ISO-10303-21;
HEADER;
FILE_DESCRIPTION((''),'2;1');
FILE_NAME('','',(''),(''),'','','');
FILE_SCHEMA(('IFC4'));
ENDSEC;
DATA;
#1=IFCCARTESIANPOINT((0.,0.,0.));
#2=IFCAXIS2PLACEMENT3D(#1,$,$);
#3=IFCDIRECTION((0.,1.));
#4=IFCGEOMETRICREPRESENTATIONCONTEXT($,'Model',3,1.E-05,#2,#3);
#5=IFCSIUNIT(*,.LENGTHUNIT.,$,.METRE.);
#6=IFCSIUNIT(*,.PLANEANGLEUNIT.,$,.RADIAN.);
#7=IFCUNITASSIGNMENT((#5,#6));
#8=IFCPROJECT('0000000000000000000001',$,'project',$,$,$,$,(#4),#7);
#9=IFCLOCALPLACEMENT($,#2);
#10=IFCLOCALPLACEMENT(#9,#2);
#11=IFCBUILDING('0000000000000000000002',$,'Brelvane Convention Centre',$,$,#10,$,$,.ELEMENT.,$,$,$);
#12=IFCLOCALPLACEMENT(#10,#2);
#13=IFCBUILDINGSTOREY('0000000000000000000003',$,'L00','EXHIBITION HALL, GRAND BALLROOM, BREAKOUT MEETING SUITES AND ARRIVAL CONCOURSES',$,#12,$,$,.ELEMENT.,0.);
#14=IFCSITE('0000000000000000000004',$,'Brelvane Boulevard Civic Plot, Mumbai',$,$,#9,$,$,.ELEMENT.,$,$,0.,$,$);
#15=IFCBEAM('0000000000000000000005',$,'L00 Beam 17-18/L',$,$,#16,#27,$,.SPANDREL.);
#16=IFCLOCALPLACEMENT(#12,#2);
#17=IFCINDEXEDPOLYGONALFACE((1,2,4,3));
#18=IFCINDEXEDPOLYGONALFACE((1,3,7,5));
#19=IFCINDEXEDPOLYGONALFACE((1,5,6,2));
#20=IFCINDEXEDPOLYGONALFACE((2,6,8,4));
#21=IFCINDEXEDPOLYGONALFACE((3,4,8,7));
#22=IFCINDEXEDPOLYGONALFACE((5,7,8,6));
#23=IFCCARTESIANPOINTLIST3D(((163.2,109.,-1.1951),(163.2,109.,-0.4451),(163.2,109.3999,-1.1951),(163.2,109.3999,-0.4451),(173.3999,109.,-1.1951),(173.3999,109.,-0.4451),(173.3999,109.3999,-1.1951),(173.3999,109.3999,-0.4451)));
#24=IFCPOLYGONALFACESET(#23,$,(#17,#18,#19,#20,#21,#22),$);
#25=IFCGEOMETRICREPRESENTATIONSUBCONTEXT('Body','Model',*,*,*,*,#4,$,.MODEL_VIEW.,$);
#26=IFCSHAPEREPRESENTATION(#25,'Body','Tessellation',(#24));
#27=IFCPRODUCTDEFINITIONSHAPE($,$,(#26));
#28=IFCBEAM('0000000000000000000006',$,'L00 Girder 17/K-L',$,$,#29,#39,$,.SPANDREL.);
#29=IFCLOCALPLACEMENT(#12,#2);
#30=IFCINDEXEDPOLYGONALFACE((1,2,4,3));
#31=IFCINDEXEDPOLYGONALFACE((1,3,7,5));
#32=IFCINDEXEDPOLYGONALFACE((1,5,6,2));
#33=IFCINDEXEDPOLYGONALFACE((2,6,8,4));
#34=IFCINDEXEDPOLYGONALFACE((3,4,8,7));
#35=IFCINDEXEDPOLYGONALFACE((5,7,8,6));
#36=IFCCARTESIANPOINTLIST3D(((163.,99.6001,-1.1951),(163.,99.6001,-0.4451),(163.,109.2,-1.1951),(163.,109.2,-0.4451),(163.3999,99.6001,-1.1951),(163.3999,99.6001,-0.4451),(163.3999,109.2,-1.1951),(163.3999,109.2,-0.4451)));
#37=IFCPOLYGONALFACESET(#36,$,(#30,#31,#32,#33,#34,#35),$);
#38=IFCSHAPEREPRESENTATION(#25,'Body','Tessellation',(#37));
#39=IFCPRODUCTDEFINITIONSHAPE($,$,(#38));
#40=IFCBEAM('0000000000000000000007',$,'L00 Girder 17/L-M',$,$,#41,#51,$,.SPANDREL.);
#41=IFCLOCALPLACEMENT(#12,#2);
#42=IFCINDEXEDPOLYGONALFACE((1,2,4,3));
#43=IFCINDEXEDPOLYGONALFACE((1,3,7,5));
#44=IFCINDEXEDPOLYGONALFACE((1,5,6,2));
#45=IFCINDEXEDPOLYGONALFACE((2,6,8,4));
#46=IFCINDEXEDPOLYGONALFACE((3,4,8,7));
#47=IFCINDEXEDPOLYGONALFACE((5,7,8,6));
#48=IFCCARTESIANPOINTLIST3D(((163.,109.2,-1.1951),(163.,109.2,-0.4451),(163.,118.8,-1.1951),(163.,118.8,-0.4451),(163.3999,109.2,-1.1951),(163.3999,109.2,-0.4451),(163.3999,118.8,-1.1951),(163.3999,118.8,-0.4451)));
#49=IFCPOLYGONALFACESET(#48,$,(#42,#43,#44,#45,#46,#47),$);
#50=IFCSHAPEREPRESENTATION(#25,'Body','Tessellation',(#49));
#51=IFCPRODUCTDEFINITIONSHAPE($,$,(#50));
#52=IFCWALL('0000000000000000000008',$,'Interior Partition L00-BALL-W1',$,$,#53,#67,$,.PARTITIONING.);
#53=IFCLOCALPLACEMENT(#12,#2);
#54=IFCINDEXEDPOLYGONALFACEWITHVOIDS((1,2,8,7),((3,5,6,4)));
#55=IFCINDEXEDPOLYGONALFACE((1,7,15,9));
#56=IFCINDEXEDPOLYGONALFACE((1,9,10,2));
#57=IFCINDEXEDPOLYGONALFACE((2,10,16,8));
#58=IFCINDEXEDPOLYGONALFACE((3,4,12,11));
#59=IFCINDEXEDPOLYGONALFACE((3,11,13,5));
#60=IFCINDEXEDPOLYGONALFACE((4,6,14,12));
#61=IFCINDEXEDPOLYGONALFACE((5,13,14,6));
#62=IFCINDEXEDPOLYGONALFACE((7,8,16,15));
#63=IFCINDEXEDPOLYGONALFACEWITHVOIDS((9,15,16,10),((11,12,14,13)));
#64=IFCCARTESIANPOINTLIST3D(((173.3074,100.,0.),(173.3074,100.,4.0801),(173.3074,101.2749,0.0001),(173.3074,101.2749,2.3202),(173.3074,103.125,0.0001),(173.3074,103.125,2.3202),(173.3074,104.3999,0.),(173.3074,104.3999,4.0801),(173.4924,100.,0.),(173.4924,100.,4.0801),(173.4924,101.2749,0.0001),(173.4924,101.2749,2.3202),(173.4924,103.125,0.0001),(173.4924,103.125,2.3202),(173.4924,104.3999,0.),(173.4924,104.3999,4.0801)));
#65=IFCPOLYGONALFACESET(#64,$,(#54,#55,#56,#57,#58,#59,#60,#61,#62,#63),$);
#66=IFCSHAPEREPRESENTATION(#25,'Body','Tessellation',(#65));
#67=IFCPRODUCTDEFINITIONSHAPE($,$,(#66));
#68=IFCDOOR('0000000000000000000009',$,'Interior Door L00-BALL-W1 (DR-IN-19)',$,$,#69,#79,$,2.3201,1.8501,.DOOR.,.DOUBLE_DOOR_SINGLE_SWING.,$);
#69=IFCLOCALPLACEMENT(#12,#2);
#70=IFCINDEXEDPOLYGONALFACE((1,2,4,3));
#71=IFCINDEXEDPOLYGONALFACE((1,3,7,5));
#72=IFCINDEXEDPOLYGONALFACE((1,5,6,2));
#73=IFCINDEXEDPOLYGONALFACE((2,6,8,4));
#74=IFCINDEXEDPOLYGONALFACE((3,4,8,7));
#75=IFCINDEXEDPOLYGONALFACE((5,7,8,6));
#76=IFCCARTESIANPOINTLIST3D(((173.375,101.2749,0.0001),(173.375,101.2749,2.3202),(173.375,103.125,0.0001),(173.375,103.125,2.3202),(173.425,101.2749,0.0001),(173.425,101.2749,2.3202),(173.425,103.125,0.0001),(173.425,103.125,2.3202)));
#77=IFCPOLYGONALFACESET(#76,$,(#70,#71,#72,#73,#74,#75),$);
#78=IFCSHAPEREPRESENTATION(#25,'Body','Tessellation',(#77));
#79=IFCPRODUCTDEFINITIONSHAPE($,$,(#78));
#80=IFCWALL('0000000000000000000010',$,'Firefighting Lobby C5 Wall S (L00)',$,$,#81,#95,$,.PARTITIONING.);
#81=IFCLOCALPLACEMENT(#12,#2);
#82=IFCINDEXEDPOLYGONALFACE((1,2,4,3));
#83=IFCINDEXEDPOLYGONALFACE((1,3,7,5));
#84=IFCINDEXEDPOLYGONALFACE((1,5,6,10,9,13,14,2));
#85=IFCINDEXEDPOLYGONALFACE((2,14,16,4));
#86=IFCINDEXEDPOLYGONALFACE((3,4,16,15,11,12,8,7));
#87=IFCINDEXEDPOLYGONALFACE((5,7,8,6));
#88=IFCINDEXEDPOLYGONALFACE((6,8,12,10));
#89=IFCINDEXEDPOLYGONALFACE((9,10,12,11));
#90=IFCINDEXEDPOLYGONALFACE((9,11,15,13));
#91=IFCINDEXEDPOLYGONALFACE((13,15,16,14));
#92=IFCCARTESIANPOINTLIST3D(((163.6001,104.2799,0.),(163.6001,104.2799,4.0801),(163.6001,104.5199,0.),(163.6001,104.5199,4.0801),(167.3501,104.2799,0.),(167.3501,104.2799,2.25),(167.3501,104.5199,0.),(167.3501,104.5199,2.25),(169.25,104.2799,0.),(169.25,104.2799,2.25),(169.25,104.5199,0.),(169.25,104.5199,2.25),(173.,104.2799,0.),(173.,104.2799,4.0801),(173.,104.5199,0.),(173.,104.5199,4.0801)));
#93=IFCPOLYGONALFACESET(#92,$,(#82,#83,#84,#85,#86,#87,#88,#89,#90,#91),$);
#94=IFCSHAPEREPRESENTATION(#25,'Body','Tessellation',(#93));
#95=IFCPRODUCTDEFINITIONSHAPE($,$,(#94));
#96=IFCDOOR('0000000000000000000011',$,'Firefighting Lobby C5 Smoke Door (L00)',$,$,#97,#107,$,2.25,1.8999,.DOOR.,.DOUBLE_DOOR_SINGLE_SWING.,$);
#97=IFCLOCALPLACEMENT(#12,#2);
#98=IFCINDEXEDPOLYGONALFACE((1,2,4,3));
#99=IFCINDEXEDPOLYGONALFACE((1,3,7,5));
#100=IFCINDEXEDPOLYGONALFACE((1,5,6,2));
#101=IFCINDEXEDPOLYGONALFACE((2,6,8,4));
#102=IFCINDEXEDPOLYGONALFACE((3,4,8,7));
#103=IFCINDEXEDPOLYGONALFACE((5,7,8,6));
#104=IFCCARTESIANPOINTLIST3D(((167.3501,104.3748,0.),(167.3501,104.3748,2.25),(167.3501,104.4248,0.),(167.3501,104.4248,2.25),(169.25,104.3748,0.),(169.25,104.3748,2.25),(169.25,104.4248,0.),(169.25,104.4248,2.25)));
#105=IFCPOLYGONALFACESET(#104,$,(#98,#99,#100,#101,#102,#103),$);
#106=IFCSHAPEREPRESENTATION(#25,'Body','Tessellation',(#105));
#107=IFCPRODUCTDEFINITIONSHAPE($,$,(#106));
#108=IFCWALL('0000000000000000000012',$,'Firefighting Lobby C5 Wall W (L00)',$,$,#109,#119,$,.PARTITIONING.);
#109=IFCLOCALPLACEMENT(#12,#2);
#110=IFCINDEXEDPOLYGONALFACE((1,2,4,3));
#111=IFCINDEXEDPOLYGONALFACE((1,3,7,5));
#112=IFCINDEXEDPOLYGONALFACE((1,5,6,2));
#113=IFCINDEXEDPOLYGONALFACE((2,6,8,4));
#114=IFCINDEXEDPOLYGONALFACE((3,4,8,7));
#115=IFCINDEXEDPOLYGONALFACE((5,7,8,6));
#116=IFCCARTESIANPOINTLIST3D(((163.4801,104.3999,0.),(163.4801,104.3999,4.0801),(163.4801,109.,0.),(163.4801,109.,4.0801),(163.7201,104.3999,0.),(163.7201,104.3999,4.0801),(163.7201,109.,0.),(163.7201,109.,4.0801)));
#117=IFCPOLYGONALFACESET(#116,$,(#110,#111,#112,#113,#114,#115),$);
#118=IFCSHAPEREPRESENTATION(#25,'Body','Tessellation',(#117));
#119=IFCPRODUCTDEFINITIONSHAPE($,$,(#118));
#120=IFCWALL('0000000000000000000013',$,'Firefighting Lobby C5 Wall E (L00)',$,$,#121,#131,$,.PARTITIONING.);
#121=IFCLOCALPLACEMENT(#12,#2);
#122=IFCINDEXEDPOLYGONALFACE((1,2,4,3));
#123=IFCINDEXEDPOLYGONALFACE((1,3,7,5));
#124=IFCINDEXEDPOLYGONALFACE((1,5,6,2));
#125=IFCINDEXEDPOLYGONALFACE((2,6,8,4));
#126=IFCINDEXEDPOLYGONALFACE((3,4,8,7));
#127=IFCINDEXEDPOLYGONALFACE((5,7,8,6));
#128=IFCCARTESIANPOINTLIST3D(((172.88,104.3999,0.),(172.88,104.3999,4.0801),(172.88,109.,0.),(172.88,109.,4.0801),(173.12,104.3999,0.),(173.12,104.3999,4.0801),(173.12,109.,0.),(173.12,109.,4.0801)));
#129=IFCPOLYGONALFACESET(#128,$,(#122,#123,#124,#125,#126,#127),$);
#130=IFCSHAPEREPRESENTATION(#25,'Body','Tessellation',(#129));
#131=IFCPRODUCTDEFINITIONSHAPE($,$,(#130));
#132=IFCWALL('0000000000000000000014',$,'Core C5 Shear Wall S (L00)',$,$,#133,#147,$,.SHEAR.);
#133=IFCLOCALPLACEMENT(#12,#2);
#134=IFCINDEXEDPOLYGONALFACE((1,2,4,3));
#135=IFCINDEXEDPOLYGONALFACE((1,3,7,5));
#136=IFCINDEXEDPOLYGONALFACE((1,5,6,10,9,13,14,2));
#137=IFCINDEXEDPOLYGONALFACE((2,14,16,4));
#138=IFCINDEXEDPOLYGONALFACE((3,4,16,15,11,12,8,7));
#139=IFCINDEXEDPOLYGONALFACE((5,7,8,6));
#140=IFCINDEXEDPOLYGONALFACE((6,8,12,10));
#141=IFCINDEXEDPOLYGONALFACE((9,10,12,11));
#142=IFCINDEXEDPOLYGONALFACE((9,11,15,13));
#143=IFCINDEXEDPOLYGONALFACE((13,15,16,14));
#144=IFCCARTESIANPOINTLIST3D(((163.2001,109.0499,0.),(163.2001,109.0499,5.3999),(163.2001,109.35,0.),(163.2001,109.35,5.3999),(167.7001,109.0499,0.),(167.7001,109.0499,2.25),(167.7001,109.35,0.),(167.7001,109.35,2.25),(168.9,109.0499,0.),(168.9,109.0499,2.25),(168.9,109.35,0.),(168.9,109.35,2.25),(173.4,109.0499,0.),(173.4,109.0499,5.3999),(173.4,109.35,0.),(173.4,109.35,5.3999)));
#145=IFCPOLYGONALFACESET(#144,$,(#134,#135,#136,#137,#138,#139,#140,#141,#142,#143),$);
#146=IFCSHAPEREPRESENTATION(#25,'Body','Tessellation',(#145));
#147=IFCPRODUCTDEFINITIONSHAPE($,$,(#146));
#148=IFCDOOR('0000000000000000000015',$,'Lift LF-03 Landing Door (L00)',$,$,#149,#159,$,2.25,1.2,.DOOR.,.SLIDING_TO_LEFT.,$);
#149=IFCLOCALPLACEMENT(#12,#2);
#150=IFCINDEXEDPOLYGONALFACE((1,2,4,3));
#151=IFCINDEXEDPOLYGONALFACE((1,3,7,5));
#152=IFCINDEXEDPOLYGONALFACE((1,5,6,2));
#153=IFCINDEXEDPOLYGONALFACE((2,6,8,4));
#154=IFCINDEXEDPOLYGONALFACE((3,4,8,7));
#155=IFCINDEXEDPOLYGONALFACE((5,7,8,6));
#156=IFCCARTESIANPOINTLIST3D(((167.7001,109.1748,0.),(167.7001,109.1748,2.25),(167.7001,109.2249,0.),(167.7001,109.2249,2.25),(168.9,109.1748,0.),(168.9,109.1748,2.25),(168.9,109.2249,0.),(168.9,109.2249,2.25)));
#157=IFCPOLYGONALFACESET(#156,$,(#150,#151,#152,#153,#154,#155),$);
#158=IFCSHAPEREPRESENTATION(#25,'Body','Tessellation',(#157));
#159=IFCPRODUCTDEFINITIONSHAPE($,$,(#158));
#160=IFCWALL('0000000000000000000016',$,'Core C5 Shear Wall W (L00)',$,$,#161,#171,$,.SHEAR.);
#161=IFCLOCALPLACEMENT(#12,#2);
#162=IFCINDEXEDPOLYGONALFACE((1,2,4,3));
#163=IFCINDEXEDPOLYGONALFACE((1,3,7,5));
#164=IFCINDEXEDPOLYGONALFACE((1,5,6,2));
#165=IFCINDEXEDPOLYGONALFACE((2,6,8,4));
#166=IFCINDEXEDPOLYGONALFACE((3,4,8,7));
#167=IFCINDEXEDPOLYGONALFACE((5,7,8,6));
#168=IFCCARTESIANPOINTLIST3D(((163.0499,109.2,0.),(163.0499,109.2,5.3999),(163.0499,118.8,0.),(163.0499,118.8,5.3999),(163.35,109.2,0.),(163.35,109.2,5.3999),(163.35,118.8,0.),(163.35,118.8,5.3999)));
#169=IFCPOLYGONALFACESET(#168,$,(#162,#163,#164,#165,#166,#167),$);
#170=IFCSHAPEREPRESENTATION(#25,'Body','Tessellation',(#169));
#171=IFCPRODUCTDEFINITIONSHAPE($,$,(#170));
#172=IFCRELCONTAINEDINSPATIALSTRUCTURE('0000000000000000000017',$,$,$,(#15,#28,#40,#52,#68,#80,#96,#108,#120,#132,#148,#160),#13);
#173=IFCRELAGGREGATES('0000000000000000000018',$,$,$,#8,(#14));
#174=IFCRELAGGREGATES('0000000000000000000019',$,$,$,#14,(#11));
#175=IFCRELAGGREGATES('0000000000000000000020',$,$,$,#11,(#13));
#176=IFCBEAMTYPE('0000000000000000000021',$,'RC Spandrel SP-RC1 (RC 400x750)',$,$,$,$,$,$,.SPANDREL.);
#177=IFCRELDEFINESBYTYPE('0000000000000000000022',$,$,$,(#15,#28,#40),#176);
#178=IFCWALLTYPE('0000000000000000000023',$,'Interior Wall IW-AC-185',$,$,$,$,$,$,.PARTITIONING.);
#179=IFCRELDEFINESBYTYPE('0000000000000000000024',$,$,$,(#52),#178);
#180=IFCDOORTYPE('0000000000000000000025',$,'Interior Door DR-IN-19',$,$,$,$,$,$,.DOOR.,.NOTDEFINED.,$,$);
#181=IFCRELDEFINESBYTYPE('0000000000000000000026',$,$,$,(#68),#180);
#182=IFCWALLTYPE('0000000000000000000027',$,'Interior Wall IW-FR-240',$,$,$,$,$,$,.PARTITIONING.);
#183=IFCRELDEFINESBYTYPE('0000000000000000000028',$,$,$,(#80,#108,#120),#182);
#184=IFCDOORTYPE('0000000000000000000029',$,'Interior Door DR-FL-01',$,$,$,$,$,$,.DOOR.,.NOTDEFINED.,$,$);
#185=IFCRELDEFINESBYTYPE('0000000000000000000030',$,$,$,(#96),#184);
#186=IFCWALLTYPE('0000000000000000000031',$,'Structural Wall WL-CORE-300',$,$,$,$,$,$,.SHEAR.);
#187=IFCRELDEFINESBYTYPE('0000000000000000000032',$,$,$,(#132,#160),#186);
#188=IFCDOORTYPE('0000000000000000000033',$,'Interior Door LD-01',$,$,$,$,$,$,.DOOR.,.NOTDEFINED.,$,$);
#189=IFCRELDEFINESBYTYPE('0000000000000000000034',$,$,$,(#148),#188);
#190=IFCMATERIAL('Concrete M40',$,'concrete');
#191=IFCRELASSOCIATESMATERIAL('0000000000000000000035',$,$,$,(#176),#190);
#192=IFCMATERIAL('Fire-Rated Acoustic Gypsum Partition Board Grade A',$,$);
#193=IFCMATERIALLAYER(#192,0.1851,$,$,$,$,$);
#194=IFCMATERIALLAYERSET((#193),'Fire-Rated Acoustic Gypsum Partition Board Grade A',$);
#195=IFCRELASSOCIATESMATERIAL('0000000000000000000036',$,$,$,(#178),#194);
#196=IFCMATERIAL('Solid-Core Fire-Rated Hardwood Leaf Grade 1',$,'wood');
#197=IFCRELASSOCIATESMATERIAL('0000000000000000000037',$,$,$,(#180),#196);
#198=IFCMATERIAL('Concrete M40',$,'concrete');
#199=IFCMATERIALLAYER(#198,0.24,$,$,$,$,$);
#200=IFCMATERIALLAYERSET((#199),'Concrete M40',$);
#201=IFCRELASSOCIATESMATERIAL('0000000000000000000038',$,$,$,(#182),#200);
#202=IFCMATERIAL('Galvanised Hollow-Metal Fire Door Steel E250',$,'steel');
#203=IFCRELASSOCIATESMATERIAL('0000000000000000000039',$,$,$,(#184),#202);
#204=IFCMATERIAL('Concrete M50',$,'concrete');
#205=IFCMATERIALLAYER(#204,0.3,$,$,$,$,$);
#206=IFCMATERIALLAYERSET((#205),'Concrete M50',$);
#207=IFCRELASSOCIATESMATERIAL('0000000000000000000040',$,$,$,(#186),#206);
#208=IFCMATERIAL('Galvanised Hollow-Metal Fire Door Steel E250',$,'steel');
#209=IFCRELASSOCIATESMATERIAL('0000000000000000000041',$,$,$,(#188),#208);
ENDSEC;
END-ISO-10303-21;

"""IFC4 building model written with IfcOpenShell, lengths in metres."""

from ifc_helpers import new_model, si_unit, direction, frame, frame_2d, origin, origin_2d, place, context, subcontext, project, spatial, rectangle, extrude, material, layer, layer_set, material_profile, profile_set, type_object, element, fill, save


model = new_model("IFC4")

# Units and contexts
model_context = context("Model", 3, precision=1e-05, world=origin(), true_north=direction((0.0, 1.0)))
body_context = subcontext(model_context, "Body", "Model", "MODEL_VIEW")
ifc_project = project(units=[si_unit("LENGTHUNIT", "METRE"), si_unit("PLANEANGLEUNIT", "RADIAN")], contexts=[model_context])

# Site, building, storey
site_placement = place(None, origin())
site = spatial("IfcSite", under=ifc_project, at=site_placement, Name="Brelvane Boulevard Civic Plot, Mumbai", CompositionType="ELEMENT", RefElevation=0.0)
building_placement = place(site_placement, origin())
building = spatial("IfcBuilding", under=site, at=building_placement, Name="Brelvane Convention Centre", CompositionType="ELEMENT")
storey_placement = place(building_placement, origin())
storey = spatial("IfcBuildingStorey", under=building, at=storey_placement, Name="L00", Description="EXHIBITION HALL, GRAND BALLROOM, BREAKOUT MEETING SUITES AND ARRIVAL CONCOURSES", CompositionType="ELEMENT", Elevation=0.0)

# Beams
ifc_material_1 = material(Name="Concrete M40", Category="concrete")
ifc_material_profile_1 = material_profile(ifc_material_1, rectangle(XDim=0.3999, YDim=0.75, at=origin_2d()), Name="RC 400x750")
ifc_profile_set_1 = profile_set([ifc_material_profile_1], Name="Concrete M40")
beam_type_1 = type_object("IfcBeamType", Name="RC Spandrel SP-RC1 (RC 400x750)", PredefinedType="SPANDREL", material=ifc_profile_set_1)
beam_1_placement = place(storey_placement, frame((163.2, 109.2, -0.8201), z_axis=(1.0, 0.0, 0.0), x_axis=(0.0, 1.0, 0.0)))
element("IfcBeam", 1, at=beam_1_placement, inside=storey, type_object=beam_type_1, Name="L00 Beam 17-18/L", PredefinedType="SPANDREL", context=body_context, shape_type="SweptSolid", body=[
    extrude(rectangle(XDim=0.3999, YDim=0.75, at=origin_2d()), origin(), (0.0, 0.0, 1.0), 10.2),
])
beam_2_placement = place(storey_placement, frame((163.2, 99.6001, -0.8201), z_axis=(0.0, 1.0, 0.0), x_axis=(-1.0, 0.0, 0.0)))
element("IfcBeam", 2, at=beam_2_placement, inside=storey, type_object=beam_type_1, Name="L00 Girder 17/K-L", PredefinedType="SPANDREL", context=body_context, shape_type="SweptSolid", body=[
    extrude(rectangle(XDim=0.3999, YDim=0.75, at=origin_2d()), origin(), (0.0, 0.0, 1.0), 9.5999),
])
beam_3_placement = place(storey_placement, frame((163.2, 109.2, -0.8201), z_axis=(0.0, 1.0, 0.0), x_axis=(-1.0, 0.0, 0.0)))
element("IfcBeam", 3, at=beam_3_placement, inside=storey, type_object=beam_type_1, Name="L00 Girder 17/L-M", PredefinedType="SPANDREL", context=body_context, shape_type="SweptSolid", body=[
    extrude(rectangle(XDim=0.3999, YDim=0.75, at=origin_2d()), origin(), (0.0, 0.0, 1.0), 9.6001),
])

# Walls, openings, doors
ifc_material_2 = material(Name="Fire-Rated Acoustic Gypsum Partition Board Grade A")
ifc_layer_1 = layer(ifc_material_2, 0.1851)
ifc_layer_set_1 = layer_set([ifc_layer_1], Name="Fire-Rated Acoustic Gypsum Partition Board Grade A")
wall_type_1 = type_object("IfcWallType", Name="Interior Wall IW-AC-185", PredefinedType="PARTITIONING", material=ifc_layer_set_1)
wall_1_placement = place(storey_placement, frame((173.3999, 100.0, 0.0), z_axis=(0.0, 0.0, 1.0), x_axis=(0.0, 1.0, 0.0)))
wall_1 = element("IfcWall", 4, at=wall_1_placement, inside=storey, type_object=wall_type_1, Name="Interior Partition L00-BALL-W1", PredefinedType="PARTITIONING", context=body_context, shape_type="SweptSolid", body=[
    extrude(rectangle(XDim=4.3999, YDim=0.1851, at=frame_2d((2.2, 0.0))), origin(), (0.0, 0.0, 1.0), 4.0801),
])
opening_1_placement = place(wall_1_placement, frame((1.2749, 0.0, 0.0)))
opening_1 = element("IfcOpeningElement", 5, at=opening_1_placement, cuts=wall_1, PredefinedType="OPENING", context=body_context, shape_type="SweptSolid", body=[
    extrude(rectangle(XDim=1.8501, YDim=2.3201, at=frame_2d((0.925, 1.1602))), frame((0.0, 0.1025, 0.0), z_axis=(0.0, -1.0, 0.0), x_axis=(1.0, 0.0, 0.0)), (0.0, 0.0, 1.0), 0.2051),
])
ifc_material_3 = material(Name="Solid-Core Fire-Rated Hardwood Leaf Grade 1", Category="wood")
door_type_1 = type_object("IfcDoorType", Name="Interior Door DR-IN-19", OperationType="NOTDEFINED", PredefinedType="DOOR", material=ifc_material_3)
door_1_placement = place(opening_1_placement, origin())
door_1 = element("IfcDoor", 6, at=door_1_placement, inside=storey, type_object=door_type_1, Name="Interior Door L00-BALL-W1 (DR-IN-19)", OperationType="DOUBLE_DOOR_SINGLE_SWING", OverallHeight=2.3201, OverallWidth=1.8501, PredefinedType="DOOR", context=body_context, shape_type="SweptSolid", body=[
    extrude(rectangle(XDim=1.8501, YDim=2.3201, at=frame_2d((0.925, 1.1602))), frame((0.0, 0.0249, 0.0), z_axis=(0.0, -1.0, 0.0), x_axis=(1.0, 0.0, 0.0)), (0.0, 0.0, 1.0), 0.05),
])
fill(opening_1, door_1)
ifc_material_4 = material(Name="Concrete M40", Category="concrete")
ifc_layer_2 = layer(ifc_material_4, 0.24)
ifc_layer_set_2 = layer_set([ifc_layer_2], Name="Concrete M40")
wall_type_2 = type_object("IfcWallType", Name="Interior Wall IW-FR-240", PredefinedType="PARTITIONING", material=ifc_layer_set_2)
wall_2_placement = place(storey_placement, frame((163.6001, 104.3999, 0.0), z_axis=(0.0, 0.0, 1.0), x_axis=(1.0, 0.0, 0.0)))
wall_2 = element("IfcWall", 7, at=wall_2_placement, inside=storey, type_object=wall_type_2, Name="Firefighting Lobby C5 Wall S (L00)", PredefinedType="PARTITIONING", context=body_context, shape_type="SweptSolid", body=[
    extrude(rectangle(XDim=9.3999, YDim=0.24, at=frame_2d((4.7, 0.0))), origin(), (0.0, 0.0, 1.0), 4.0801),
])
opening_2_placement = place(wall_2_placement, frame((3.75, 0.0, 0.0)))
opening_2 = element("IfcOpeningElement", 8, at=opening_2_placement, cuts=wall_2, PredefinedType="OPENING", context=body_context, shape_type="SweptSolid", body=[
    extrude(rectangle(XDim=1.8999, YDim=2.25, at=frame_2d((0.95, 1.125))), frame((0.0, 0.1299, 0.0), z_axis=(0.0, -1.0, 0.0), x_axis=(1.0, 0.0, 0.0)), (0.0, 0.0, 1.0), 0.26),
])
ifc_material_5 = material(Name="Galvanised Hollow-Metal Fire Door Steel E250", Category="steel")
door_type_2 = type_object("IfcDoorType", Name="Interior Door DR-FL-01", OperationType="NOTDEFINED", PredefinedType="DOOR", material=ifc_material_5)
door_2_placement = place(opening_2_placement, origin())
door_2 = element("IfcDoor", 9, at=door_2_placement, inside=storey, type_object=door_type_2, Name="Firefighting Lobby C5 Smoke Door (L00)", OperationType="DOUBLE_DOOR_SINGLE_SWING", OverallHeight=2.25, OverallWidth=1.8999, PredefinedType="DOOR", context=body_context, shape_type="SweptSolid", body=[
    extrude(rectangle(XDim=1.8999, YDim=2.25, at=frame_2d((0.95, 1.125))), frame((0.0, 0.0249, 0.0), z_axis=(0.0, -1.0, 0.0), x_axis=(1.0, 0.0, 0.0)), (0.0, 0.0, 1.0), 0.05),
])
fill(opening_2, door_2)

# Walls
for number, where, z_axis, x_axis, name in (
    (10, (163.6001, 104.3999, 0.0), (0.0, 0.0, 1.0), (0.0, 1.0, 0.0), "Firefighting Lobby C5 Wall W (L00)"),
    (11, (173.0, 104.3999, 0.0), (0.0, 0.0, 1.0), (0.0, 1.0, 0.0), "Firefighting Lobby C5 Wall E (L00)"),
):
    element("IfcWall", number, at=place(storey_placement, frame(where, z_axis=z_axis, x_axis=x_axis)), inside=storey, type_object=wall_type_2, Name=name, PredefinedType="PARTITIONING", context=body_context, shape_type="SweptSolid", body=[
        extrude(rectangle(XDim=4.6001, YDim=0.24, at=frame_2d((2.3, 0.0))), origin(), (0.0, 0.0, 1.0), 4.0801),
    ])

# Wall, opening, door
ifc_material_6 = material(Name="Concrete M50", Category="concrete")
ifc_layer_3 = layer(ifc_material_6, 0.3)
ifc_layer_set_3 = layer_set([ifc_layer_3], Name="Concrete M50")
wall_type_3 = type_object("IfcWallType", Name="Structural Wall WL-CORE-300", PredefinedType="SHEAR", material=ifc_layer_set_3)
wall_3_placement = place(storey_placement, frame((163.2, 109.2, 0.0), z_axis=(0.0, 0.0, 1.0), x_axis=(1.0, 0.0, 0.0)))
wall_3 = element("IfcWall", 12, at=wall_3_placement, inside=storey, type_object=wall_type_3, Name="Core C5 Shear Wall S (L00)", PredefinedType="SHEAR", context=body_context, shape_type="SweptSolid", body=[
    extrude(rectangle(XDim=10.2, YDim=0.3, at=frame_2d((5.1001, 0.0))), origin(), (0.0, 0.0, 1.0), 5.3999),
])
opening_3_placement = place(wall_3_placement, frame((4.5, 0.0, 0.0)))
opening_3 = element("IfcOpeningElement", 13, at=opening_3_placement, cuts=wall_3, PredefinedType="OPENING", context=body_context, shape_type="SweptSolid", body=[
    extrude(rectangle(XDim=1.2, YDim=2.25, at=frame_2d((0.6001, 1.125))), frame((0.0, 0.1599, 0.0), z_axis=(0.0, -1.0, 0.0), x_axis=(1.0, 0.0, 0.0)), (0.0, 0.0, 1.0), 0.3201),
])
ifc_material_7 = material(Name="Galvanised Hollow-Metal Fire Door Steel E250", Category="steel")
door_type_3 = type_object("IfcDoorType", Name="Interior Door LD-01", OperationType="NOTDEFINED", PredefinedType="DOOR", material=ifc_material_7)
door_3_placement = place(opening_3_placement, origin())
door_3 = element("IfcDoor", 14, at=door_3_placement, inside=storey, type_object=door_type_3, Name="Lift LF-03 Landing Door (L00)", OperationType="SLIDING_TO_LEFT", OverallHeight=2.25, OverallWidth=1.2, PredefinedType="DOOR", context=body_context, shape_type="SweptSolid", body=[
    extrude(rectangle(XDim=1.2, YDim=2.25, at=frame_2d((0.6001, 1.125))), frame((0.0, 0.0249, 0.0), z_axis=(0.0, -1.0, 0.0), x_axis=(1.0, 0.0, 0.0)), (0.0, 0.0, 1.0), 0.05),
])
fill(opening_3, door_3)

# Wall
for number, where, z_axis, x_axis, name in (
    (15, (163.2, 109.2, 0.0), (0.0, 0.0, 1.0), (0.0, 1.0, 0.0), "Core C5 Shear Wall W (L00)"),
):
    element("IfcWall", number, at=place(storey_placement, frame(where, z_axis=z_axis, x_axis=x_axis)), inside=storey, type_object=wall_type_3, Name=name, PredefinedType="SHEAR", context=body_context, shape_type="SweptSolid", body=[
        extrude(rectangle(XDim=9.6001, YDim=0.3, at=frame_2d((4.8, 0.0))), origin(), (0.0, 0.0, 1.0), 5.3999),
    ])

save(model, "model.ifc")
